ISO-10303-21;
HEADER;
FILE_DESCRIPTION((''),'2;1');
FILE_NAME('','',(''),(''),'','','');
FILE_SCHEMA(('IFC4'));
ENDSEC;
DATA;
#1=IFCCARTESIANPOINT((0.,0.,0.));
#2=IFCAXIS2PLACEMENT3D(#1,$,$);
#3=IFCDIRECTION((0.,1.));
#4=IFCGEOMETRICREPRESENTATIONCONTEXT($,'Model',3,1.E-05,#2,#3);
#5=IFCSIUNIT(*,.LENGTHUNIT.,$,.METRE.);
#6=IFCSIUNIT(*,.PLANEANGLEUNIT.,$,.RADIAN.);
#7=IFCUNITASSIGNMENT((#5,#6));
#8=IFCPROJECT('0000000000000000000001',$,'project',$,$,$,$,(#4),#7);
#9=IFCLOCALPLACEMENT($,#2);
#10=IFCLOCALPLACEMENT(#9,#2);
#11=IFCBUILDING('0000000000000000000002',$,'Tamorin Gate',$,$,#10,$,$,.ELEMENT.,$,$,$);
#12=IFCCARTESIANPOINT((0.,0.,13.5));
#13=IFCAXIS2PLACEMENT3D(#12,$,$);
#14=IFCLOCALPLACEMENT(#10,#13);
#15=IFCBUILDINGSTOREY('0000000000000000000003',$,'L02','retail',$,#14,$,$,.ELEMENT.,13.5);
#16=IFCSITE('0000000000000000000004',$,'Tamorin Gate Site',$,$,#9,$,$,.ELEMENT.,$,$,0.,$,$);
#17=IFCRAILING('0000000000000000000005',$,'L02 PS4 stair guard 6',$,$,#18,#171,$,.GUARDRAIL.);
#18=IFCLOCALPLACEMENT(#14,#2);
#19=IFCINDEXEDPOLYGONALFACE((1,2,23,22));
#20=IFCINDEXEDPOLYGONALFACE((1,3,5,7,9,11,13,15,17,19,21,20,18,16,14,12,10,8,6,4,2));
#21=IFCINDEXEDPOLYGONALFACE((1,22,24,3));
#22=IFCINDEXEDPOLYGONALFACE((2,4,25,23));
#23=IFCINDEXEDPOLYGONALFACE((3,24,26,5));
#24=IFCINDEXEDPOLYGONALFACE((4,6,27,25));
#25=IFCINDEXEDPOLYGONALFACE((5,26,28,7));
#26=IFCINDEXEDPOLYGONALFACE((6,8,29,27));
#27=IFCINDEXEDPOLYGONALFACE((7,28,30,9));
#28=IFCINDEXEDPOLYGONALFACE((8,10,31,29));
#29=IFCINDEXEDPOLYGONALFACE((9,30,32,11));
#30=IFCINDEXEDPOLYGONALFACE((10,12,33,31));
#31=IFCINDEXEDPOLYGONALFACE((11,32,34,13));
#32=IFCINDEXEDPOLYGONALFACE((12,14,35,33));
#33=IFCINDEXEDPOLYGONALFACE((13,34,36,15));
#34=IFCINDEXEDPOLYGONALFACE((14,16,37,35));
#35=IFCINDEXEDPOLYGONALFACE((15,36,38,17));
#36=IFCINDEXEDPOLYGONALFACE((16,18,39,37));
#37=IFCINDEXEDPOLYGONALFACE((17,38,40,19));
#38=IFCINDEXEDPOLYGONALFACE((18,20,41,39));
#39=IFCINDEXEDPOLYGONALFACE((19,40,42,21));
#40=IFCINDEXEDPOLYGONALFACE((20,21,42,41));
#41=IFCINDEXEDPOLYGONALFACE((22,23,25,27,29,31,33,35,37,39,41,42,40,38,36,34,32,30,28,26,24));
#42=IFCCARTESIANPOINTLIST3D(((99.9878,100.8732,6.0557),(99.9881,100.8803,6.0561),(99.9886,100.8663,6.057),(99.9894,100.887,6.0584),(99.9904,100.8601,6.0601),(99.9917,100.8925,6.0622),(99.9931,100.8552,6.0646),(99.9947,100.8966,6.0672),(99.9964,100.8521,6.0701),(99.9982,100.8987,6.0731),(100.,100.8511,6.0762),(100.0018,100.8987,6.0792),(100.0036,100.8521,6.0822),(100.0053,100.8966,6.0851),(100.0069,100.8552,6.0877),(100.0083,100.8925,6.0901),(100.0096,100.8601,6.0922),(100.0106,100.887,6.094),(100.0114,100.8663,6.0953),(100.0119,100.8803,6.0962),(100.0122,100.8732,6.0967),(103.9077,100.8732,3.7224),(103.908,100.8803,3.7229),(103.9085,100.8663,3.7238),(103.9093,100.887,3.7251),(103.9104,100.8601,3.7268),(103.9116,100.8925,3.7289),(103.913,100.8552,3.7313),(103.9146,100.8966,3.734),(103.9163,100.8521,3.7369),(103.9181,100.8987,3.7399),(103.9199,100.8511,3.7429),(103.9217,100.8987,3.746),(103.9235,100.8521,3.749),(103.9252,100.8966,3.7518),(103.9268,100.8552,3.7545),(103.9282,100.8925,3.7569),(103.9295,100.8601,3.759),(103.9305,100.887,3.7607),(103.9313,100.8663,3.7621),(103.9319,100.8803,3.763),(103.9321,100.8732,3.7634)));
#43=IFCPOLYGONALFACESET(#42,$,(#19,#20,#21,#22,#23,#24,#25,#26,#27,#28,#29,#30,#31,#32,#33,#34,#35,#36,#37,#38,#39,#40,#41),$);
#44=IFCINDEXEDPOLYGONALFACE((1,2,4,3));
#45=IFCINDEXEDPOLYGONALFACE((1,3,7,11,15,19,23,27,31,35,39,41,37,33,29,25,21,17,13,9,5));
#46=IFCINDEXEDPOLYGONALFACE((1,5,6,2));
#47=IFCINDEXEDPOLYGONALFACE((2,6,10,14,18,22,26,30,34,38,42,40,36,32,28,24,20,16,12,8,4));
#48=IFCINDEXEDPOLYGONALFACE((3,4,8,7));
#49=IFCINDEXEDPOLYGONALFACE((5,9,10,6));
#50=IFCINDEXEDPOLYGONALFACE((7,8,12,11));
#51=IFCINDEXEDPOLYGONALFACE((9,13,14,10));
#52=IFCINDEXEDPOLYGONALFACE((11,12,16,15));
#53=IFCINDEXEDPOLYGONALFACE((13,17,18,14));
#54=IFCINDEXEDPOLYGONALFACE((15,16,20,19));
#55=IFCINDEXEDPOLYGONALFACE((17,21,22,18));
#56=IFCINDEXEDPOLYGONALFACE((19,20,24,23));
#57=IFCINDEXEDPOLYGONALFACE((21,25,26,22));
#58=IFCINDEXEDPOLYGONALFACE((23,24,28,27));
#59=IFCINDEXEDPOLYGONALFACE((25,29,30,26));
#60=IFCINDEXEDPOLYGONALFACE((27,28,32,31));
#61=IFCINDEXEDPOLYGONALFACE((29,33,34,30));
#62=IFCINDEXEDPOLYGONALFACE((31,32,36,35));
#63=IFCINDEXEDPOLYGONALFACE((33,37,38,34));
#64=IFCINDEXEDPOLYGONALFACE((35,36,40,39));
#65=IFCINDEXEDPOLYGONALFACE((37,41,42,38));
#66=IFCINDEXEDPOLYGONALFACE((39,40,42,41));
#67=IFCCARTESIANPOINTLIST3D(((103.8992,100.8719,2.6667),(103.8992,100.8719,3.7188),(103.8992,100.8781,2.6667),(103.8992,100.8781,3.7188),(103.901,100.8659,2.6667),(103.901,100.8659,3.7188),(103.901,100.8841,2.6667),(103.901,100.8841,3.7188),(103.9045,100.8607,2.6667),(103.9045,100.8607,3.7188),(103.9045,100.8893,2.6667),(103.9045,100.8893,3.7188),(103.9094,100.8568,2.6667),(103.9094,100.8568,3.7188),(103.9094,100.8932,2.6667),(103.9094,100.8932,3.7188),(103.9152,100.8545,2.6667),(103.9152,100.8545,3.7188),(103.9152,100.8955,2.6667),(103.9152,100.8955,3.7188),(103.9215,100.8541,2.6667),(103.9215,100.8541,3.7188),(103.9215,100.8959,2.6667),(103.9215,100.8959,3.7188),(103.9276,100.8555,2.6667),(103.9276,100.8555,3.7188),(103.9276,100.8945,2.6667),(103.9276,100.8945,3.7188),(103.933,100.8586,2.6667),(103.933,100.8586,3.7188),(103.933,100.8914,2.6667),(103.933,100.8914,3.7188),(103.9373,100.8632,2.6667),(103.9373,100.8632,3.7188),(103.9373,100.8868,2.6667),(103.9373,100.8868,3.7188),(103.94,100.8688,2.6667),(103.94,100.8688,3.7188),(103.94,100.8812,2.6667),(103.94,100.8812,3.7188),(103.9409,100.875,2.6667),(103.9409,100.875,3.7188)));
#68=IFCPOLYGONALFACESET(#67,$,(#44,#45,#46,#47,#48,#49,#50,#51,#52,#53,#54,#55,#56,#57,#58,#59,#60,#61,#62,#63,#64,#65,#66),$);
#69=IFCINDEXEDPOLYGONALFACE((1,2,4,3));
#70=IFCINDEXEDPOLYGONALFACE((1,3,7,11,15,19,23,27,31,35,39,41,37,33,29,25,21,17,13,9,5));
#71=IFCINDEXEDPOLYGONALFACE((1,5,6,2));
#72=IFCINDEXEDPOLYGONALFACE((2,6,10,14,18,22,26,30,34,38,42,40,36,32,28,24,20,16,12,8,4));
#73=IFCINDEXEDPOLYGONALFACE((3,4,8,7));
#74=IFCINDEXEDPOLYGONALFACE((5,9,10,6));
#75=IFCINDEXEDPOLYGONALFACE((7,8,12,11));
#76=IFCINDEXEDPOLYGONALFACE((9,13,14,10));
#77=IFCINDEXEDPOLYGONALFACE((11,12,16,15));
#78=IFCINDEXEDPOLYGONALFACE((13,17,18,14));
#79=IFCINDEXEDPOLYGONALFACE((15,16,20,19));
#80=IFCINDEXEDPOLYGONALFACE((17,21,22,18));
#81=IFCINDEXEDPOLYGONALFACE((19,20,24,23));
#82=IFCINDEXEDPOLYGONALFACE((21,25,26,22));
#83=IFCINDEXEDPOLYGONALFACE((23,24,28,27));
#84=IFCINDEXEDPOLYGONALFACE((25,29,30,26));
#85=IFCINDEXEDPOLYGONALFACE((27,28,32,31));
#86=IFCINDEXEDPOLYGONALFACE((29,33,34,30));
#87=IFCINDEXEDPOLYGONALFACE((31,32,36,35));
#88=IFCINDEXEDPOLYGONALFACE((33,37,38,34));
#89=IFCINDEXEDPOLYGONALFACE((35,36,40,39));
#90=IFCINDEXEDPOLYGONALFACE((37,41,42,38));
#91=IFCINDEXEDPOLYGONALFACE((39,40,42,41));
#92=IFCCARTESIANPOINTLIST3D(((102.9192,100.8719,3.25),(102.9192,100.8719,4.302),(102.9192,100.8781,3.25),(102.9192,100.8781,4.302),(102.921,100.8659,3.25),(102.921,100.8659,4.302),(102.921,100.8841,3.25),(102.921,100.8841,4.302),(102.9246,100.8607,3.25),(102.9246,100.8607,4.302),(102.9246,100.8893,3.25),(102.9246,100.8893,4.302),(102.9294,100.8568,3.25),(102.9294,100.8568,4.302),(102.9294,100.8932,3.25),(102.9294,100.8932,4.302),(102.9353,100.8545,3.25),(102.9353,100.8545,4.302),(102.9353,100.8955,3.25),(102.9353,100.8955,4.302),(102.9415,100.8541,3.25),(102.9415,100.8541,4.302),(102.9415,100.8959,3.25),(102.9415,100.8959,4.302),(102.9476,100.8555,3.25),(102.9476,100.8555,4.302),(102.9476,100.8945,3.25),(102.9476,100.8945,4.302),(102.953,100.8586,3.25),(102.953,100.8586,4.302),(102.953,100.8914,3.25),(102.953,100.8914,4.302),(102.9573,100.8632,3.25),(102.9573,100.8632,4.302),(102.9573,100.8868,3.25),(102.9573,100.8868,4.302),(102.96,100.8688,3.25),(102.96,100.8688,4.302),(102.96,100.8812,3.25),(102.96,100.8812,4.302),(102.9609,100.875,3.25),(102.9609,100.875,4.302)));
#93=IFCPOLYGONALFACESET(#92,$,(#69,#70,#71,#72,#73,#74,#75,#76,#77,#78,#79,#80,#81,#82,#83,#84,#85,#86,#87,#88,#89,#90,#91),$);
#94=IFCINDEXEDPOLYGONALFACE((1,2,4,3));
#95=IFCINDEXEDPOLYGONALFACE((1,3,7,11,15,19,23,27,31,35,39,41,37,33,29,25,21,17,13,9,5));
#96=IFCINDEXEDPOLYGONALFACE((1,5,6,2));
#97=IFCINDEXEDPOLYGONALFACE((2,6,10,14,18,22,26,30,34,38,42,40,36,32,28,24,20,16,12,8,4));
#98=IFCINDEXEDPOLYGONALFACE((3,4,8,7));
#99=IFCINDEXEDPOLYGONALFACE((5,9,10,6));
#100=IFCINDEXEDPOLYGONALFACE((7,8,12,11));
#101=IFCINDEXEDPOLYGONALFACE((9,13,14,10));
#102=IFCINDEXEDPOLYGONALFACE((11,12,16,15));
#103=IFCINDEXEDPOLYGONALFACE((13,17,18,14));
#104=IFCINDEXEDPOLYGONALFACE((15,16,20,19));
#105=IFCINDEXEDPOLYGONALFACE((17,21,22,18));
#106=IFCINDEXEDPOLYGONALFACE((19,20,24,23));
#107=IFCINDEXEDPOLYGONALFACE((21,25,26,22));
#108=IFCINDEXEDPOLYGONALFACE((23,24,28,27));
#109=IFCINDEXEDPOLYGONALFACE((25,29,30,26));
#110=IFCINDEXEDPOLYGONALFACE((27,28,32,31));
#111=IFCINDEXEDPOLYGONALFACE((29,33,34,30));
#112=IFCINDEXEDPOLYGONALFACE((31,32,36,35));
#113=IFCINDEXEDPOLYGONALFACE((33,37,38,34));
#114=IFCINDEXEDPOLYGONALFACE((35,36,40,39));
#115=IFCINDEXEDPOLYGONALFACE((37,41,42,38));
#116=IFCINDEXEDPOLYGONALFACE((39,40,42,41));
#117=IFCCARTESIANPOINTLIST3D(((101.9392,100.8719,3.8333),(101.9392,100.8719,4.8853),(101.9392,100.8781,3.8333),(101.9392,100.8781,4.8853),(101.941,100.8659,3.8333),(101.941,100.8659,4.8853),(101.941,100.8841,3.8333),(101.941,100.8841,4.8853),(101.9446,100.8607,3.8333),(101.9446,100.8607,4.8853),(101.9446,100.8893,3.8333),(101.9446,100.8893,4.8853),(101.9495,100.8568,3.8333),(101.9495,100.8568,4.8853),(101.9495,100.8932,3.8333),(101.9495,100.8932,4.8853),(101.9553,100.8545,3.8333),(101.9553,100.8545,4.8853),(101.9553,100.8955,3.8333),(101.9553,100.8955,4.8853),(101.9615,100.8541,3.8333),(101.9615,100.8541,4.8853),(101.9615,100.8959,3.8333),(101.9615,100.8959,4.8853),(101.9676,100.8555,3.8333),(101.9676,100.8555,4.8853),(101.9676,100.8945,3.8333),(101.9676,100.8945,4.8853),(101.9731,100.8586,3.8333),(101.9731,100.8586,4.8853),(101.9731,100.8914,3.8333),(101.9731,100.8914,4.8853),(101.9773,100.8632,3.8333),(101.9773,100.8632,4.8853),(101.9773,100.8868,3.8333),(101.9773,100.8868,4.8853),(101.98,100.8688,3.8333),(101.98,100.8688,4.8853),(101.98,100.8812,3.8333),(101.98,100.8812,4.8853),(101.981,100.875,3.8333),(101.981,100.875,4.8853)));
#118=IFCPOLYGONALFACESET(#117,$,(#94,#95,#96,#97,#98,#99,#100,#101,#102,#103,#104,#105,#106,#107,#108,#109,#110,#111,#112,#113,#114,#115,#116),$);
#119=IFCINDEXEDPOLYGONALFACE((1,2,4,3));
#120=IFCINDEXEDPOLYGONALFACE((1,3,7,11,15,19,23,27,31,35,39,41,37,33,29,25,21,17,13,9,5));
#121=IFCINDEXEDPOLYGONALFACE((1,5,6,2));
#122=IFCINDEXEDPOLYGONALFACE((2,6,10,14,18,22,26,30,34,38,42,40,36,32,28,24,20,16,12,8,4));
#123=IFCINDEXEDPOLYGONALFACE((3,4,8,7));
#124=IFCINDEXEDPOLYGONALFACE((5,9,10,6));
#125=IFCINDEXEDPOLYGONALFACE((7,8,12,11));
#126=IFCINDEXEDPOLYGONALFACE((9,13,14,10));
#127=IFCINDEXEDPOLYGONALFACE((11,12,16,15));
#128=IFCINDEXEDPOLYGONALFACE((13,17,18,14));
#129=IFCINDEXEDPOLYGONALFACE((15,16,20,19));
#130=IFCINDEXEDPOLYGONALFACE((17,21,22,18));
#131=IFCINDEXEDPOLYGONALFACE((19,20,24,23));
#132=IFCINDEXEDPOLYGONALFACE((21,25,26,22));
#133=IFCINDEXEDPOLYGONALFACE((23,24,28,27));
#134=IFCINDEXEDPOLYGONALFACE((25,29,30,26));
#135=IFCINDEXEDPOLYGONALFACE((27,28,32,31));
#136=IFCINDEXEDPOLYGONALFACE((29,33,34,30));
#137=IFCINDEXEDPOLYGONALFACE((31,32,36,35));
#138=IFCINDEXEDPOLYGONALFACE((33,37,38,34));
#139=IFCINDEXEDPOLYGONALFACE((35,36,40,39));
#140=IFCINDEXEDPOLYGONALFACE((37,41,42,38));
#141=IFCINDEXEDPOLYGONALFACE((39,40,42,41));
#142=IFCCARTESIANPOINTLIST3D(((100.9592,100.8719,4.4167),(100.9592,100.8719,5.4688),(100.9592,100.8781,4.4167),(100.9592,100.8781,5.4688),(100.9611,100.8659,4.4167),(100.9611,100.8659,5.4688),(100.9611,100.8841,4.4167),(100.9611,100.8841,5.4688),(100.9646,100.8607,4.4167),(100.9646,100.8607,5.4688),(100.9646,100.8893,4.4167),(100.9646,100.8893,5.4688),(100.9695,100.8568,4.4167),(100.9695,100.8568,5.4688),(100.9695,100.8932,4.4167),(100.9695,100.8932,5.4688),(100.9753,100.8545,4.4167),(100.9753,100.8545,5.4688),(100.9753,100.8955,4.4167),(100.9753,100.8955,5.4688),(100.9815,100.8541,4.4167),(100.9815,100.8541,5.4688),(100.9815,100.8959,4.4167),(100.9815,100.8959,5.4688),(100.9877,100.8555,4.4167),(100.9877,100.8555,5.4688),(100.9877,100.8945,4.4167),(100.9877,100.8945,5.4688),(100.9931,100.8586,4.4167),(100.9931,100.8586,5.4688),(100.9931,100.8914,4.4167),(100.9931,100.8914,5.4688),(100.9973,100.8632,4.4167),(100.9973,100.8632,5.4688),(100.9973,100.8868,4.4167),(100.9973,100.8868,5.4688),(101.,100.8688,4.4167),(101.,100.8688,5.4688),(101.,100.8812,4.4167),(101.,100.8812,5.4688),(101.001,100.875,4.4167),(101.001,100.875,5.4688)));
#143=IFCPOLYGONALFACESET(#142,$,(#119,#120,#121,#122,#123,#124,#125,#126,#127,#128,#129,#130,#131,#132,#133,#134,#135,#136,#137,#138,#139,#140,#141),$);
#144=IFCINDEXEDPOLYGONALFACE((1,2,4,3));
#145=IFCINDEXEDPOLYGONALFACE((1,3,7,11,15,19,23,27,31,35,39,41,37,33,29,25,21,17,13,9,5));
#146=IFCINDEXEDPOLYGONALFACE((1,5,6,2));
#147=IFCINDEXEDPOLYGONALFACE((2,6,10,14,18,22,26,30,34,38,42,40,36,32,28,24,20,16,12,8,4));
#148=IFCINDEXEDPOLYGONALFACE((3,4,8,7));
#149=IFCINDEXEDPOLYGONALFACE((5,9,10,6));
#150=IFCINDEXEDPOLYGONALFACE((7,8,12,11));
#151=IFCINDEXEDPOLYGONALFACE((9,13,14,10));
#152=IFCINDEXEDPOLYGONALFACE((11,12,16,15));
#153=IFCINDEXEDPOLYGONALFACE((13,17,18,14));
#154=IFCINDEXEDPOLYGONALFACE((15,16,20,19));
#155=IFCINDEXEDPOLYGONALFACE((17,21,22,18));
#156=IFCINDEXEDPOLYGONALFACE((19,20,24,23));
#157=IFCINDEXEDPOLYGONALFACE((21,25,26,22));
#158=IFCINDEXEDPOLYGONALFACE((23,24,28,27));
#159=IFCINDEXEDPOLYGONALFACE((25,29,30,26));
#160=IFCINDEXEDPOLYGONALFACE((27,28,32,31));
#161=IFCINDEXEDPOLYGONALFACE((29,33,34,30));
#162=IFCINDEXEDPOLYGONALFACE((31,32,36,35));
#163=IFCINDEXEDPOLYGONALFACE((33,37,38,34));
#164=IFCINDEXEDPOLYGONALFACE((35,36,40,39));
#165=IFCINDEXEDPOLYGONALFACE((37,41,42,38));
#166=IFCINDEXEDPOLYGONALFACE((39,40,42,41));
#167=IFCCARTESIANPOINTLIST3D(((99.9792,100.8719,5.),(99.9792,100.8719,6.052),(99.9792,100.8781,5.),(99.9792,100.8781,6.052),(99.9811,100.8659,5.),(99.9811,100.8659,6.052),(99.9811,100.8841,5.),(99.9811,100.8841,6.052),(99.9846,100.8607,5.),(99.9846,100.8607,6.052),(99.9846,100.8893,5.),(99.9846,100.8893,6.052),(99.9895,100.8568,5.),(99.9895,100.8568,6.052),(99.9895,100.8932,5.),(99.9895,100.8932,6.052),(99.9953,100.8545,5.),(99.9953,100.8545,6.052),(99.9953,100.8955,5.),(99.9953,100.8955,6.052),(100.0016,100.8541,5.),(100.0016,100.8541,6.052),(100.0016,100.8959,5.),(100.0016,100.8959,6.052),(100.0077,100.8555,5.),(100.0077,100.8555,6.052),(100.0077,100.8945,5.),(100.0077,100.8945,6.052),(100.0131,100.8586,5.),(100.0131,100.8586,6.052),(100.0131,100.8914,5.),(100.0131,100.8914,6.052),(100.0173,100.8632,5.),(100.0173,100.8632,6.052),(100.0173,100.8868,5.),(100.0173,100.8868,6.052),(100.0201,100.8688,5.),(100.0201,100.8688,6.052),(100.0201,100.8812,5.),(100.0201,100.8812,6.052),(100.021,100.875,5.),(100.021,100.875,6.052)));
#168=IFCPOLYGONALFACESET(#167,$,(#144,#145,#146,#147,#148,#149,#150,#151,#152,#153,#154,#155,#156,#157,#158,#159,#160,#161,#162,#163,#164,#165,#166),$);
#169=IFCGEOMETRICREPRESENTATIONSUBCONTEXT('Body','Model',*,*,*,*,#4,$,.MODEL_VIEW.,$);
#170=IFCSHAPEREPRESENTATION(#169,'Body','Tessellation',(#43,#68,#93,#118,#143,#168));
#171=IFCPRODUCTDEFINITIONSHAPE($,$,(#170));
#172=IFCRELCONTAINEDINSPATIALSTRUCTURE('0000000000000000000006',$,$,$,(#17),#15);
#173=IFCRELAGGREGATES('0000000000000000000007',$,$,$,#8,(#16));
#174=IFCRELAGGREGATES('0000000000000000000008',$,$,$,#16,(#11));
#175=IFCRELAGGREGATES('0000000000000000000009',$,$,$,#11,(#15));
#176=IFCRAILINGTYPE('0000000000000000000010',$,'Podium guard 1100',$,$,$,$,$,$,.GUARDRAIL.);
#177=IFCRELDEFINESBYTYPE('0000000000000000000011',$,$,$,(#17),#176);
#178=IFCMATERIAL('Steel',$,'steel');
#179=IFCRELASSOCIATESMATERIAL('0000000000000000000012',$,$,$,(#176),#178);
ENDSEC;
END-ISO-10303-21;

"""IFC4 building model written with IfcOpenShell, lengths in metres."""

from ifc_helpers import new_model, si_unit, direction, frame, origin, origin_2d, place, context, subcontext, project, spatial, circle, extrude, material, type_object, element, save


model = new_model("IFC4")

# Units and contexts
model_context = context("Model", 3, precision=1e-05, world=origin(), true_north=direction((0.0, 1.0)))
body_context = subcontext(model_context, "Body", "Model", "MODEL_VIEW")
ifc_project = project(units=[si_unit("LENGTHUNIT", "METRE"), si_unit("PLANEANGLEUNIT", "RADIAN")], contexts=[model_context])

# Site, building, storey
site_placement = place(None, origin())
site = spatial("IfcSite", under=ifc_project, at=site_placement, Name="Tamorin Gate Site", CompositionType="ELEMENT", RefElevation=0.0)
building_placement = place(site_placement, origin())
building = spatial("IfcBuilding", under=site, at=building_placement, Name="Tamorin Gate", CompositionType="ELEMENT")
storey_placement = place(building_placement, frame((0.0, 0.0, 13.5)))
storey = spatial("IfcBuildingStorey", under=building, at=storey_placement, Name="L02", Description="retail", CompositionType="ELEMENT", Elevation=13.5)

# Railing
ifc_material_1 = material(Name="Steel", Category="steel")
railing_type_1 = type_object("IfcRailingType", Name="Podium guard 1100", PredefinedType="GUARDRAIL", material=ifc_material_1)
railing_1_placement = place(storey_placement, frame((103.9199, 100.875, 2.6667)))
element("IfcRailing", 1, at=railing_1_placement, inside=storey, type_object=railing_type_1, Name="L02 PS4 stair guard 6", PredefinedType="GUARDRAIL", context=body_context, shape_type="SweptSolid", body=[
    extrude(circle(Radius=0.0239, at=origin_2d()), frame((0.0, 0.0, 1.0762), z_axis=(-0.859296, 0.0, 0.511478), x_axis=(0.0, -1.0, 0.0)), (0.0, 0.0, 1.0), 4.5618),
    extrude(circle(Radius=0.021, at=origin_2d()), origin(), (0.0, 0.0, 1.0), 1.052),
    extrude(circle(Radius=0.021, at=origin_2d()), frame((-0.98, 0.0, 0.5833)), (0.0, 0.0, 1.0), 1.052),
    extrude(circle(Radius=0.021, at=origin_2d()), frame((-1.96, 0.0, 1.1665)), (0.0, 0.0, 1.0), 1.052),
    extrude(circle(Radius=0.021, at=origin_2d()), frame((-2.9399, 0.0, 1.75)), (0.0, 0.0, 1.0), 1.052),
    extrude(circle(Radius=0.021, at=origin_2d()), frame((-3.9199, 0.0, 2.3333)), (0.0, 0.0, 1.0), 1.052),
])

save(model, "model.ifc")
